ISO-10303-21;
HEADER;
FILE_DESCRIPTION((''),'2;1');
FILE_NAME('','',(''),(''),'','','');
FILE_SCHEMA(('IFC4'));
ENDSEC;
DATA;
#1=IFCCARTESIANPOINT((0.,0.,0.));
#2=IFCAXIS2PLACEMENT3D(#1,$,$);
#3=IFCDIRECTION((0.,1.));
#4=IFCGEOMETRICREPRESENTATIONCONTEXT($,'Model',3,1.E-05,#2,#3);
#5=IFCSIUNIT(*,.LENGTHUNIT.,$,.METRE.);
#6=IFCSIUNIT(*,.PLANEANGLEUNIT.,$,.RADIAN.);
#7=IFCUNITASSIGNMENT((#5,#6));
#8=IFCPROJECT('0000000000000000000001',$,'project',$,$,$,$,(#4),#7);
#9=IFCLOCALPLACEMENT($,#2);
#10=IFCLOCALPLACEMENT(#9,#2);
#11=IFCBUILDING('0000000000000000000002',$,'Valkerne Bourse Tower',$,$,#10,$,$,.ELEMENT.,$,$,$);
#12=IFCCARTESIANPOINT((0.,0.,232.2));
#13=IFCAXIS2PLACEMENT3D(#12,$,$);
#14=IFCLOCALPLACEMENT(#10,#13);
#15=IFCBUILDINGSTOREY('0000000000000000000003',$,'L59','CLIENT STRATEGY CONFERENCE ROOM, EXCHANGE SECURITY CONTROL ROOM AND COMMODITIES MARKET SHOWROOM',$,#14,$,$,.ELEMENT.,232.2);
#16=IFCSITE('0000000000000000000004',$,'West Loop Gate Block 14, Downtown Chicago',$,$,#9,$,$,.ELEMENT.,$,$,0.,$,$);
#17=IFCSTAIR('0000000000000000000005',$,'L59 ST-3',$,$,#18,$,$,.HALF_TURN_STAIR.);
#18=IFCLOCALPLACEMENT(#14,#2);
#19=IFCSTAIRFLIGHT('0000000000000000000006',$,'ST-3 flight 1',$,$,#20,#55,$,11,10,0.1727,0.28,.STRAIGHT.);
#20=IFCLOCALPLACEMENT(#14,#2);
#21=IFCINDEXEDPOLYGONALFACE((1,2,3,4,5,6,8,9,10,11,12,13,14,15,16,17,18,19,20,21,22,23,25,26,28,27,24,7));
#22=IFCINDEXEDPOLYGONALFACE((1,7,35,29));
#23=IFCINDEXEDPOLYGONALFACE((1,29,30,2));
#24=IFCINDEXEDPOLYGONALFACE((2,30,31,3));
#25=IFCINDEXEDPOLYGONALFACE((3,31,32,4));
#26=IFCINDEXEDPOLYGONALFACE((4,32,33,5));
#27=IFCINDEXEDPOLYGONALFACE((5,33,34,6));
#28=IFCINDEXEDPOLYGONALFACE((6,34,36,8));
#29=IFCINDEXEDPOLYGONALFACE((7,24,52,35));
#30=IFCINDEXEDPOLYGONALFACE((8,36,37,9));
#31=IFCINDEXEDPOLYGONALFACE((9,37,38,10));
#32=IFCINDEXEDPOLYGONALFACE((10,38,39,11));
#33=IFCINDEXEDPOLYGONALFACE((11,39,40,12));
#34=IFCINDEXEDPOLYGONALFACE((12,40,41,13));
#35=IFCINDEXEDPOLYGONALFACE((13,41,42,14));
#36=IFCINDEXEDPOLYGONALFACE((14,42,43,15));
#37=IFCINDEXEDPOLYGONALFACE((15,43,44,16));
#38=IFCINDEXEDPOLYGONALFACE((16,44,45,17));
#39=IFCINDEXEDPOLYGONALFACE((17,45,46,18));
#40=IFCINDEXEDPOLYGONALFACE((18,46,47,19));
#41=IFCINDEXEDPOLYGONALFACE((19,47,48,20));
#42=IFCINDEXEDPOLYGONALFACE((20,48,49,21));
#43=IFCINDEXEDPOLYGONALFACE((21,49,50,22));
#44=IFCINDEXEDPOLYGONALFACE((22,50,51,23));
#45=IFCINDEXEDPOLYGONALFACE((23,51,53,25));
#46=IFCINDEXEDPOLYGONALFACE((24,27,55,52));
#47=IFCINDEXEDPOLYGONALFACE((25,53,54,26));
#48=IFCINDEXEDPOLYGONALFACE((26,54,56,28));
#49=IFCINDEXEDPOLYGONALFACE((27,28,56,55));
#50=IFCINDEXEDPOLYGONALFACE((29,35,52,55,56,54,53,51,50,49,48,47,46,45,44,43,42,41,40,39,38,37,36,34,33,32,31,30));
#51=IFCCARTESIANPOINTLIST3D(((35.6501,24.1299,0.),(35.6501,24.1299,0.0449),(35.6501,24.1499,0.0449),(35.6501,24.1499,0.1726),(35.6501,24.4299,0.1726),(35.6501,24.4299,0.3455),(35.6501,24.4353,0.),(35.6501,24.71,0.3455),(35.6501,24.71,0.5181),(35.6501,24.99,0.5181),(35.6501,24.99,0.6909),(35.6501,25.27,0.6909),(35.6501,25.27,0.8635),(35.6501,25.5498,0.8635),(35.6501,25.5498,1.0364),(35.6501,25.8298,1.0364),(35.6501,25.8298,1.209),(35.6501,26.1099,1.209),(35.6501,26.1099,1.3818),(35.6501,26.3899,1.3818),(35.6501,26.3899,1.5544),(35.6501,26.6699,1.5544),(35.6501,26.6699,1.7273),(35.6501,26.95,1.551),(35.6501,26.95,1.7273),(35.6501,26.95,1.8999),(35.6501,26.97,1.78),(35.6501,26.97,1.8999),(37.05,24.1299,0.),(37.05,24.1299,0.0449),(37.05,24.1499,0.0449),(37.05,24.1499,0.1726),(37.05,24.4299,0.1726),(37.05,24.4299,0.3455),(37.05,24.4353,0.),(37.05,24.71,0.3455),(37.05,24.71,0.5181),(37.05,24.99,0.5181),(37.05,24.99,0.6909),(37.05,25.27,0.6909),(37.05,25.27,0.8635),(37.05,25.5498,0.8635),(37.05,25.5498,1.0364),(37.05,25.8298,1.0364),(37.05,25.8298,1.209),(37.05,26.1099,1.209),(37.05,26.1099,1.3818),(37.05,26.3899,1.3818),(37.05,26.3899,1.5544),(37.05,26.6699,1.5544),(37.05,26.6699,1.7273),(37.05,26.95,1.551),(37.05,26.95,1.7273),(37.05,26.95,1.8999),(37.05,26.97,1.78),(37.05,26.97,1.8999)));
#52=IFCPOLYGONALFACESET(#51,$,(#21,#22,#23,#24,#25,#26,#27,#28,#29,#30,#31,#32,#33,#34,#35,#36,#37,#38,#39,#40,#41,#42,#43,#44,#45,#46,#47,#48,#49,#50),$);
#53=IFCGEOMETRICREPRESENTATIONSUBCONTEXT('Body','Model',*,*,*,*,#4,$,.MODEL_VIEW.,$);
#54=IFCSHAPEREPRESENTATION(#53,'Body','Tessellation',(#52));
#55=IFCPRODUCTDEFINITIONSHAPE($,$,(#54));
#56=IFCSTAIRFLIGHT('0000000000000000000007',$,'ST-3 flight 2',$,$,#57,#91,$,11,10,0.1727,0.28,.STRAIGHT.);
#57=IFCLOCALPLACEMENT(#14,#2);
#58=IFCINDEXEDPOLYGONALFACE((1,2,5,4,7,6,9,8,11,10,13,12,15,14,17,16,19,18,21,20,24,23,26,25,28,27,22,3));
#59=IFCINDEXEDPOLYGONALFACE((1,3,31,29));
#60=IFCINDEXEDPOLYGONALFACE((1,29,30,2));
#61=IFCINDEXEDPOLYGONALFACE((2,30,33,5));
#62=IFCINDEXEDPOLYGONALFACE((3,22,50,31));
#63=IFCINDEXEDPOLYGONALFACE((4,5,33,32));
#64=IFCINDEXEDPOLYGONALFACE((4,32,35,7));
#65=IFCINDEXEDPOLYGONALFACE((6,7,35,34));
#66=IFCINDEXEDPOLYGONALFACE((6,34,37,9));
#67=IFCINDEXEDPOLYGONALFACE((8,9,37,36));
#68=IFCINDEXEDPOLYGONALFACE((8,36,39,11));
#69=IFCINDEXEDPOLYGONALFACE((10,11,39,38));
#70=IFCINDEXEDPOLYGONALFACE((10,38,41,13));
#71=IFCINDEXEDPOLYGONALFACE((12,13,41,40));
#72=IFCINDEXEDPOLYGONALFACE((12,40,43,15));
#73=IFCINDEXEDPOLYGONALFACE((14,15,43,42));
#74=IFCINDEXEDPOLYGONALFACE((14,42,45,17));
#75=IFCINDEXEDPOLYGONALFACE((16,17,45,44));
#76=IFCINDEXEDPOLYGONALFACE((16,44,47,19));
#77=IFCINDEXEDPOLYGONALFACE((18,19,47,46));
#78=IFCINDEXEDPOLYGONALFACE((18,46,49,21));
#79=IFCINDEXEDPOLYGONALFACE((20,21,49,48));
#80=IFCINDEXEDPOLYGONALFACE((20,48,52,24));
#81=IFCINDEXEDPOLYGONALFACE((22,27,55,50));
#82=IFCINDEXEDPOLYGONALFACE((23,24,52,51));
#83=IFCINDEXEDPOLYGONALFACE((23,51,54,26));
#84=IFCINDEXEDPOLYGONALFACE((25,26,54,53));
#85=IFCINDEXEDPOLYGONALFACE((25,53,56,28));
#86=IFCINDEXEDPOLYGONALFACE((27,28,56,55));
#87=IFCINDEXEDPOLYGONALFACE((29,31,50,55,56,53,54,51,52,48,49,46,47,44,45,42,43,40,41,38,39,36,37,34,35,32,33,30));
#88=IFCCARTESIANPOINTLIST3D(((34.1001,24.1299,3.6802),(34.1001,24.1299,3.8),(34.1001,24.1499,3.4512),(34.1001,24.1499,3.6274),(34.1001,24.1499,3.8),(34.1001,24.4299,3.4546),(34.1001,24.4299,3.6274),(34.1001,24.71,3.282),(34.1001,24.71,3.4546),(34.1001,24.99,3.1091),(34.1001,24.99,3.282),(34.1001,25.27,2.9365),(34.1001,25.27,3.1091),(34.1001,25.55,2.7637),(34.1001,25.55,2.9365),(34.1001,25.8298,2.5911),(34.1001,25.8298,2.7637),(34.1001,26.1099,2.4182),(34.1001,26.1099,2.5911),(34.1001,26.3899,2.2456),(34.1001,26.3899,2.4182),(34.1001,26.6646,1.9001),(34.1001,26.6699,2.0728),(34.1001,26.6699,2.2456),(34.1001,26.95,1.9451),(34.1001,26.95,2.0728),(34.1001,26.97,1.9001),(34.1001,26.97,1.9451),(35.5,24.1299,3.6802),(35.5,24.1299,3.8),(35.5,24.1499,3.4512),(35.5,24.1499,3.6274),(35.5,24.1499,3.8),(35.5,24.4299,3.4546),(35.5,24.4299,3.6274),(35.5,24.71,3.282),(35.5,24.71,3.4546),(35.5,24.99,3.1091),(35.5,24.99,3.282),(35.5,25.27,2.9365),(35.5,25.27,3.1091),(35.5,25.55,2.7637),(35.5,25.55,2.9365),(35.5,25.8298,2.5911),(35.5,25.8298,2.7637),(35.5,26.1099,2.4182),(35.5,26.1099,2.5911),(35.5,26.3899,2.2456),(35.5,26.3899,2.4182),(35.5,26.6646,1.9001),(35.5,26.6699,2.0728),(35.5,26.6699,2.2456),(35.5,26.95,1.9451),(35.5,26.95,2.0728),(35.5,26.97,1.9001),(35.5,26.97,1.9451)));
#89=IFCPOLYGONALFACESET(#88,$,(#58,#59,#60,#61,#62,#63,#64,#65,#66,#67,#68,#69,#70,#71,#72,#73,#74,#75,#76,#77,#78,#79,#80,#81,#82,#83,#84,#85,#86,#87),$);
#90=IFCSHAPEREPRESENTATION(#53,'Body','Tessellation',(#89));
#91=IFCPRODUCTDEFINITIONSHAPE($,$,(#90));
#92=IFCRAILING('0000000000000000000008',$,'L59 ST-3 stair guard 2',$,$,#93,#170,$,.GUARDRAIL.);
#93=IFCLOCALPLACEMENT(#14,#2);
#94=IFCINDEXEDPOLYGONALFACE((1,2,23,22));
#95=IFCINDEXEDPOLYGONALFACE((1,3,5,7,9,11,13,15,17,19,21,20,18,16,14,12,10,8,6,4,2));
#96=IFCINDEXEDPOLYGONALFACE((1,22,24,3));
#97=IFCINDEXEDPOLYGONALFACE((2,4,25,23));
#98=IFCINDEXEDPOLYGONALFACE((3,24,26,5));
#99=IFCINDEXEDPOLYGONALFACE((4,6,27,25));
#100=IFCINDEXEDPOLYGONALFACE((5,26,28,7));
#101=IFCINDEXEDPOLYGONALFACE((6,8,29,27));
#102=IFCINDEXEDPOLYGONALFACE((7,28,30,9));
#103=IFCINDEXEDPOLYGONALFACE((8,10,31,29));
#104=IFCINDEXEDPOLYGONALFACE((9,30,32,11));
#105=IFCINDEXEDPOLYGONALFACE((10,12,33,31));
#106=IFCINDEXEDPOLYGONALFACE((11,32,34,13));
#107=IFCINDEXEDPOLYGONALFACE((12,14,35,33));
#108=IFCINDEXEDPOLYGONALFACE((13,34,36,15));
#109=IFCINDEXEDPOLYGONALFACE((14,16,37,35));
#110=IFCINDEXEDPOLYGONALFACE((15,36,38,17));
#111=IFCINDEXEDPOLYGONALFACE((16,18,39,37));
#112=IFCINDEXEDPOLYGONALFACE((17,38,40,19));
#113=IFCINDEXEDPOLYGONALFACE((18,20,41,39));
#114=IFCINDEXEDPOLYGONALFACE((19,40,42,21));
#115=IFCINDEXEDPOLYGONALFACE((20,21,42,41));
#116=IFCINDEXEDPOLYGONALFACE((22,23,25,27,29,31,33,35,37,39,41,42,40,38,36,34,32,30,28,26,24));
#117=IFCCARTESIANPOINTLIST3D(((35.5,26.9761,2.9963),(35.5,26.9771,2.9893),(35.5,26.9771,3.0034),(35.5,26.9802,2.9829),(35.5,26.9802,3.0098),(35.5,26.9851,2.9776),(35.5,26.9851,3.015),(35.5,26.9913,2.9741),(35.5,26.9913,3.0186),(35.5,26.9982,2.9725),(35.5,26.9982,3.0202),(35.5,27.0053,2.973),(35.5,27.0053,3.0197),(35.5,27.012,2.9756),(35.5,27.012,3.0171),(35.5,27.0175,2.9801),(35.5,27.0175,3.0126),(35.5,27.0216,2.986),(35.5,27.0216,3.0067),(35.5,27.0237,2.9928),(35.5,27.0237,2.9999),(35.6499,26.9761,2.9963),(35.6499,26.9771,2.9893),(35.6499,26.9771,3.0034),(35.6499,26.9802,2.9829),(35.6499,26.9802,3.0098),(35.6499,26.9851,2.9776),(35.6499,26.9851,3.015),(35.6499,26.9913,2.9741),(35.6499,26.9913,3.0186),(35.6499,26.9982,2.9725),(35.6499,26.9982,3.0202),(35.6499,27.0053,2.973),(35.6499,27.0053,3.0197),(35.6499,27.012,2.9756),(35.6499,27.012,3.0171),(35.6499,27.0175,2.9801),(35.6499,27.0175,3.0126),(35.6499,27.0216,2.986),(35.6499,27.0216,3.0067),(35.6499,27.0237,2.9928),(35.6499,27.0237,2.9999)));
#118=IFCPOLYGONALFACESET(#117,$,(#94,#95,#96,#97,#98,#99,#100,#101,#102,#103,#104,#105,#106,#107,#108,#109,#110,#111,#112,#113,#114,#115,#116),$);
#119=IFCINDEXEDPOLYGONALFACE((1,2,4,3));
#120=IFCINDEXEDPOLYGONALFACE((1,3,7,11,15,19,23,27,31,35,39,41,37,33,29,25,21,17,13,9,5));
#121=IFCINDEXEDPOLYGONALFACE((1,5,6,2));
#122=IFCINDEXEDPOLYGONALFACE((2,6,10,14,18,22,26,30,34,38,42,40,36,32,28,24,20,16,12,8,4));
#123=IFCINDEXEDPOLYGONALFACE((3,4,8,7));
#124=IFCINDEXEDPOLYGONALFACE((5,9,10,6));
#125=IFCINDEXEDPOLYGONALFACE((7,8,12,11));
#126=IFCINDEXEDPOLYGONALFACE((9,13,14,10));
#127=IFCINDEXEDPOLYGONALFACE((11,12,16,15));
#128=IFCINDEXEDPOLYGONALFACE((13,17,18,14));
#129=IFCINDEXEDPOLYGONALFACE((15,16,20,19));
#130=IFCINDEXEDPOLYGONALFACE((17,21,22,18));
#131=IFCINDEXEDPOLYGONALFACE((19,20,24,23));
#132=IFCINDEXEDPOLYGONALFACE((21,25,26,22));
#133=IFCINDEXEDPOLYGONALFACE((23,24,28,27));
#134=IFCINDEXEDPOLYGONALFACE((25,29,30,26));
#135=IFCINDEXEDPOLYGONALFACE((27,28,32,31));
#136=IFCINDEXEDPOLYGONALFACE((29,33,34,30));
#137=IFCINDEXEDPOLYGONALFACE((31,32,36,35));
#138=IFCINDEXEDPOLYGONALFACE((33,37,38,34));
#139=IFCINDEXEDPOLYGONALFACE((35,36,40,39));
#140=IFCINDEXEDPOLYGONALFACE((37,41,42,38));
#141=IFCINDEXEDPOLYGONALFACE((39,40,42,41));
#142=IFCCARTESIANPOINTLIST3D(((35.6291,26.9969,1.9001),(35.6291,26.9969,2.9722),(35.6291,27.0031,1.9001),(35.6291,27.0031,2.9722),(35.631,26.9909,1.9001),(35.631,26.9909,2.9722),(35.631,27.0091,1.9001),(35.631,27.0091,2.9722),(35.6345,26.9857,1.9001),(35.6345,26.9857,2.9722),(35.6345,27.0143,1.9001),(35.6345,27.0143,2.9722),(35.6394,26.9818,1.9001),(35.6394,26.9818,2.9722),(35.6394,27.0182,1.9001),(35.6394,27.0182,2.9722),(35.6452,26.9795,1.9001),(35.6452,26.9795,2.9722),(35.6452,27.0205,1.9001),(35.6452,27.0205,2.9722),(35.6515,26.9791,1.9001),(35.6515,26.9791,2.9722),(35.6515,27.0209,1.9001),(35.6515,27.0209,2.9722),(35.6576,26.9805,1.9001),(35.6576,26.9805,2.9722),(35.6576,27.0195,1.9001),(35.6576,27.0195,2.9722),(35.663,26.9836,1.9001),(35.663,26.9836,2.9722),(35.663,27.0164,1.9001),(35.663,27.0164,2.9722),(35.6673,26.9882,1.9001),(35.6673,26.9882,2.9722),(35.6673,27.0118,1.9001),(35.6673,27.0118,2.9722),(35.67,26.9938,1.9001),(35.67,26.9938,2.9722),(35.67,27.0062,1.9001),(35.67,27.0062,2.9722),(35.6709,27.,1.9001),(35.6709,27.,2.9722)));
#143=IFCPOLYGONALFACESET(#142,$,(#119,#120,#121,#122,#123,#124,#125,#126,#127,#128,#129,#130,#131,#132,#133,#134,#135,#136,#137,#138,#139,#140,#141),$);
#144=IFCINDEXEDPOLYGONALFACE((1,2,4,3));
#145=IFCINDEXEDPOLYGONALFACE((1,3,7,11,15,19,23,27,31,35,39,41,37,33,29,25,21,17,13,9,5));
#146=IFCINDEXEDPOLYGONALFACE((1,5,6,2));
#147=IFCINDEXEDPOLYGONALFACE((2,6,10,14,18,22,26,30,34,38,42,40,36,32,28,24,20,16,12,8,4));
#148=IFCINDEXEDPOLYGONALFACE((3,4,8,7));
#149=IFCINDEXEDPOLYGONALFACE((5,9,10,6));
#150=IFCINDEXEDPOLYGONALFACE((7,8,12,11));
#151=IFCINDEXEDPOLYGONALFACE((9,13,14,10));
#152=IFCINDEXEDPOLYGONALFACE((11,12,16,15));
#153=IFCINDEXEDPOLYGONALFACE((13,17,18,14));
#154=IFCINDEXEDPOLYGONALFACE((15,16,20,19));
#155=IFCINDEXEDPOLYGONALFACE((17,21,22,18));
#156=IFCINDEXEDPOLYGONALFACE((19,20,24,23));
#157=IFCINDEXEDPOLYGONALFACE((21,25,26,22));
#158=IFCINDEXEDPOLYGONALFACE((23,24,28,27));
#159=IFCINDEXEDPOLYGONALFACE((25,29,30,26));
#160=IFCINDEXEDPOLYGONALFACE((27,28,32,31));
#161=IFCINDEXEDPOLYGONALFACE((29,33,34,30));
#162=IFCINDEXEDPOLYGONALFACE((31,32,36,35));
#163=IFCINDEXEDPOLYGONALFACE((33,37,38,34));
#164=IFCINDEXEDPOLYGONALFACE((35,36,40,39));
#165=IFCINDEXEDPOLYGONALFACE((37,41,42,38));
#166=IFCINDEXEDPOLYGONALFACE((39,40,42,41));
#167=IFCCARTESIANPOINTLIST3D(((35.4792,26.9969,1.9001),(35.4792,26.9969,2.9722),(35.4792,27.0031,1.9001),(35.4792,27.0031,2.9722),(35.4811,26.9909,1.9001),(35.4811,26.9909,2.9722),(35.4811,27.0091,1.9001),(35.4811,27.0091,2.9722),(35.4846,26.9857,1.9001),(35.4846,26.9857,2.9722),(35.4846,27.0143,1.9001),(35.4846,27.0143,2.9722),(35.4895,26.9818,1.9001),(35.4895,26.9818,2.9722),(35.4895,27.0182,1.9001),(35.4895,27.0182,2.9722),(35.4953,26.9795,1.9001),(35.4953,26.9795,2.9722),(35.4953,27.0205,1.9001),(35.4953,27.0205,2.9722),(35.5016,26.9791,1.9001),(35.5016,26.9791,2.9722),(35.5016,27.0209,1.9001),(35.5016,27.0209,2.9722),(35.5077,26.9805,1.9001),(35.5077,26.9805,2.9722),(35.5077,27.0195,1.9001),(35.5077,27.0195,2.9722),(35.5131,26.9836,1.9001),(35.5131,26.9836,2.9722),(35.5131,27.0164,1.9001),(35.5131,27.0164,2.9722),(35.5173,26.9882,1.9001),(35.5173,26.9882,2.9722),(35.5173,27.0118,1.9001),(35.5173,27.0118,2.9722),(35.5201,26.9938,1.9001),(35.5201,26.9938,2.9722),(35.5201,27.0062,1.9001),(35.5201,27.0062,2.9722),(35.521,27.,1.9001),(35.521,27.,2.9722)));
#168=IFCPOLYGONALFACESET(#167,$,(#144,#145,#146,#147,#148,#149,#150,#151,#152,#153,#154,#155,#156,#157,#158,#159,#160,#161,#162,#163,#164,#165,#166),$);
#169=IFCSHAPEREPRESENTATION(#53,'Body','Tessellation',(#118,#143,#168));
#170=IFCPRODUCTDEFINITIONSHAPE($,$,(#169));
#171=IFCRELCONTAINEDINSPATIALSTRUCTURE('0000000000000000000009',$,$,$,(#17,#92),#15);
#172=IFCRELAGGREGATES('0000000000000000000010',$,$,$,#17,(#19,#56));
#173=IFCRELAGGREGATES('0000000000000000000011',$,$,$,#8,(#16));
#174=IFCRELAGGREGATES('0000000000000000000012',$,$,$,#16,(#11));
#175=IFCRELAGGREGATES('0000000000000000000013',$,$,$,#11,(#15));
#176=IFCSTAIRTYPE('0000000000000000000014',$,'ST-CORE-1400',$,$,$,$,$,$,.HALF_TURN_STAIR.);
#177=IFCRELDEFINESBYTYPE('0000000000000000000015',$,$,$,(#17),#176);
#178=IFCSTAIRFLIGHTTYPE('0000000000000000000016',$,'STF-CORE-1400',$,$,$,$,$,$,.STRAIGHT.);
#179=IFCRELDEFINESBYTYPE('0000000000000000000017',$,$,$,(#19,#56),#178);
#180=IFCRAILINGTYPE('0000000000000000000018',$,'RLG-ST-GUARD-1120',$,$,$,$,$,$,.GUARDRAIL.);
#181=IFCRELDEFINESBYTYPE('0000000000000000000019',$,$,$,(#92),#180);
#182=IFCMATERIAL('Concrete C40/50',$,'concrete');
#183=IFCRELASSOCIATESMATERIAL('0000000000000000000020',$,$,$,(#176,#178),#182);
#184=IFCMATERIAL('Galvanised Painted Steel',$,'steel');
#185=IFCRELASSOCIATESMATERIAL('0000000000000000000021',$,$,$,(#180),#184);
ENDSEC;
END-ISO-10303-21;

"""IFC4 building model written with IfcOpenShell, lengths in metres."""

from ifc_helpers import new_model, si_unit, direction, frame, origin, origin_2d, place, context, subcontext, project, spatial, polyline, circle, outline, extrude, material, type_object, element, aggregate, save


model = new_model("IFC4")

# Units and contexts
model_context = context("Model", 3, precision=1e-05, world=origin(), true_north=direction((0.0, 1.0)))
body_context = subcontext(model_context, "Body", "Model", "MODEL_VIEW")
ifc_project = project(units=[si_unit("LENGTHUNIT", "METRE"), si_unit("PLANEANGLEUNIT", "RADIAN")], contexts=[model_context])

# Site, building, storey
site_placement = place(None, origin())
site = spatial("IfcSite", under=ifc_project, at=site_placement, Name="West Loop Gate Block 14, Downtown Chicago", CompositionType="ELEMENT", RefElevation=0.0)
building_placement = place(site_placement, origin())
building = spatial("IfcBuilding", under=site, at=building_placement, Name="Valkerne Bourse Tower", CompositionType="ELEMENT")
storey_placement = place(building_placement, frame((0.0, 0.0, 232.2)))
storey = spatial("IfcBuildingStorey", under=building, at=storey_placement, Name="L59", Description="CLIENT STRATEGY CONFERENCE ROOM, EXCHANGE SECURITY CONTROL ROOM AND COMMODITIES MARKET SHOWROOM", CompositionType="ELEMENT", Elevation=232.2)

# Stair, stair flights
ifc_material_1 = material(Name="Concrete C40/50", Category="concrete")
stair_type = type_object("IfcStairType", Name="ST-CORE-1400", PredefinedType="HALF_TURN_STAIR", material=ifc_material_1)
stair_placement = place(storey_placement, origin())
stair = element("IfcStair", 1, at=stair_placement, inside=storey, type_object=stair_type, Name="L59 ST-3", PredefinedType="HALF_TURN_STAIR")
stair_flight_type = type_object("IfcStairFlightType", Name="STF-CORE-1400", PredefinedType="STRAIGHT", material=ifc_material_1)
stair_flight_1_placement = place(storey_placement, frame((36.3501, 24.1499, 0.0), z_axis=(0.0, 0.0, 1.0), x_axis=(0.0, 1.0, 0.0)))
stair_flight_1 = element("IfcStairFlight", 2, at=stair_flight_1_placement, type_object=stair_flight_type, Name="ST-3 flight 1", NumberOfRisers=11, NumberOfTreads=10, PredefinedType="STRAIGHT", RiserHeight=0.1727, TreadLength=0.28, context=body_context, shape_type="SweptSolid", body=[
    extrude(outline(polyline([(-0.02, 0.0), (-0.02, 0.0449), (0.0, 0.0449), (0.0, 0.1726), (0.28, 0.1726), (0.28, 0.3455), (0.5601, 0.3455), (0.5601, 0.5181), (0.8401, 0.5181), (0.8401, 0.6909), (1.1201, 0.6909), (1.1201, 0.8635), (1.3999, 0.8635), (1.3999, 1.0364), (1.6799, 1.0364), (1.6799, 1.209), (1.96, 1.209), (1.96, 1.3818), (2.24, 1.3818), (2.24, 1.5544), (2.52, 1.5544), (2.52, 1.7273), (2.8, 1.7273), (2.8, 1.8999), (2.8201, 1.8999), (2.8201, 1.78), (2.8, 1.551), (0.2854, 0.0), (-0.02, 0.0)])), frame((0.0, 0.7, 0.0), z_axis=(0.0, -1.0, 0.0), x_axis=(1.0, 0.0, 0.0)), (0.0, 0.0, 1.0), 1.3999),
])
stair_flight_2_placement = place(storey_placement, frame((34.8, 26.95, 1.9001), z_axis=(0.0, 0.0, 1.0), x_axis=(0.0, -1.0, 0.0)))
stair_flight_2 = element("IfcStairFlight", 3, at=stair_flight_2_placement, type_object=stair_flight_type, Name="ST-3 flight 2", NumberOfRisers=11, NumberOfTreads=10, PredefinedType="STRAIGHT", RiserHeight=0.1727, TreadLength=0.28, context=body_context, shape_type="SweptSolid", body=[
    extrude(outline(polyline([(-0.02, 0.0), (-0.02, 0.0449), (0.0, 0.0449), (0.0, 0.1726), (0.28, 0.1726), (0.28, 0.3455), (0.5601, 0.3455), (0.5601, 0.5181), (0.8401, 0.5181), (0.8401, 0.6909), (1.1201, 0.6909), (1.1201, 0.8635), (1.3999, 0.8635), (1.3999, 1.0364), (1.6799, 1.0364), (1.6799, 1.209), (1.96, 1.209), (1.96, 1.3818), (2.24, 1.3818), (2.24, 1.5544), (2.52, 1.5544), (2.52, 1.7273), (2.8, 1.7273), (2.8, 1.8999), (2.8201, 1.8999), (2.8201, 1.78), (2.8, 1.551), (0.2854, 0.0), (-0.02, 0.0)])), frame((0.0, 0.7, 0.0), z_axis=(0.0, -1.0, 0.0), x_axis=(1.0, 0.0, 0.0)), (0.0, 0.0, 1.0), 1.3999),
])
aggregate(stair, [stair_flight_1, stair_flight_2])

# Railing
ifc_material_2 = material(Name="Galvanised Painted Steel", Category="steel")
railing_type_1 = type_object("IfcRailingType", Name="RLG-ST-GUARD-1120", PredefinedType="GUARDRAIL", material=ifc_material_2)
railing_1_placement = place(storey_placement, frame((35.6499, 27.0, 1.9001)))
element("IfcRailing", 4, at=railing_1_placement, inside=storey, type_object=railing_type_1, Name="L59 ST-3 stair guard 2", PredefinedType="GUARDRAIL", context=body_context, shape_type="SweptSolid", body=[
    extrude(circle(Radius=0.0239, at=origin_2d()), frame((0.0, 0.0, 1.0962), z_axis=(-1.0, 0.0, 0.0), x_axis=(0.0, -1.0, 0.0)), (0.0, 0.0, 1.0), 0.1499),
    extrude(circle(Radius=0.021, at=origin_2d()), origin(), (0.0, 0.0, 1.0), 1.072),
    extrude(circle(Radius=0.021, at=origin_2d()), frame((-0.1499, 0.0, 0.0)), (0.0, 0.0, 1.0), 1.072),
])

save(model, "model.ifc")
